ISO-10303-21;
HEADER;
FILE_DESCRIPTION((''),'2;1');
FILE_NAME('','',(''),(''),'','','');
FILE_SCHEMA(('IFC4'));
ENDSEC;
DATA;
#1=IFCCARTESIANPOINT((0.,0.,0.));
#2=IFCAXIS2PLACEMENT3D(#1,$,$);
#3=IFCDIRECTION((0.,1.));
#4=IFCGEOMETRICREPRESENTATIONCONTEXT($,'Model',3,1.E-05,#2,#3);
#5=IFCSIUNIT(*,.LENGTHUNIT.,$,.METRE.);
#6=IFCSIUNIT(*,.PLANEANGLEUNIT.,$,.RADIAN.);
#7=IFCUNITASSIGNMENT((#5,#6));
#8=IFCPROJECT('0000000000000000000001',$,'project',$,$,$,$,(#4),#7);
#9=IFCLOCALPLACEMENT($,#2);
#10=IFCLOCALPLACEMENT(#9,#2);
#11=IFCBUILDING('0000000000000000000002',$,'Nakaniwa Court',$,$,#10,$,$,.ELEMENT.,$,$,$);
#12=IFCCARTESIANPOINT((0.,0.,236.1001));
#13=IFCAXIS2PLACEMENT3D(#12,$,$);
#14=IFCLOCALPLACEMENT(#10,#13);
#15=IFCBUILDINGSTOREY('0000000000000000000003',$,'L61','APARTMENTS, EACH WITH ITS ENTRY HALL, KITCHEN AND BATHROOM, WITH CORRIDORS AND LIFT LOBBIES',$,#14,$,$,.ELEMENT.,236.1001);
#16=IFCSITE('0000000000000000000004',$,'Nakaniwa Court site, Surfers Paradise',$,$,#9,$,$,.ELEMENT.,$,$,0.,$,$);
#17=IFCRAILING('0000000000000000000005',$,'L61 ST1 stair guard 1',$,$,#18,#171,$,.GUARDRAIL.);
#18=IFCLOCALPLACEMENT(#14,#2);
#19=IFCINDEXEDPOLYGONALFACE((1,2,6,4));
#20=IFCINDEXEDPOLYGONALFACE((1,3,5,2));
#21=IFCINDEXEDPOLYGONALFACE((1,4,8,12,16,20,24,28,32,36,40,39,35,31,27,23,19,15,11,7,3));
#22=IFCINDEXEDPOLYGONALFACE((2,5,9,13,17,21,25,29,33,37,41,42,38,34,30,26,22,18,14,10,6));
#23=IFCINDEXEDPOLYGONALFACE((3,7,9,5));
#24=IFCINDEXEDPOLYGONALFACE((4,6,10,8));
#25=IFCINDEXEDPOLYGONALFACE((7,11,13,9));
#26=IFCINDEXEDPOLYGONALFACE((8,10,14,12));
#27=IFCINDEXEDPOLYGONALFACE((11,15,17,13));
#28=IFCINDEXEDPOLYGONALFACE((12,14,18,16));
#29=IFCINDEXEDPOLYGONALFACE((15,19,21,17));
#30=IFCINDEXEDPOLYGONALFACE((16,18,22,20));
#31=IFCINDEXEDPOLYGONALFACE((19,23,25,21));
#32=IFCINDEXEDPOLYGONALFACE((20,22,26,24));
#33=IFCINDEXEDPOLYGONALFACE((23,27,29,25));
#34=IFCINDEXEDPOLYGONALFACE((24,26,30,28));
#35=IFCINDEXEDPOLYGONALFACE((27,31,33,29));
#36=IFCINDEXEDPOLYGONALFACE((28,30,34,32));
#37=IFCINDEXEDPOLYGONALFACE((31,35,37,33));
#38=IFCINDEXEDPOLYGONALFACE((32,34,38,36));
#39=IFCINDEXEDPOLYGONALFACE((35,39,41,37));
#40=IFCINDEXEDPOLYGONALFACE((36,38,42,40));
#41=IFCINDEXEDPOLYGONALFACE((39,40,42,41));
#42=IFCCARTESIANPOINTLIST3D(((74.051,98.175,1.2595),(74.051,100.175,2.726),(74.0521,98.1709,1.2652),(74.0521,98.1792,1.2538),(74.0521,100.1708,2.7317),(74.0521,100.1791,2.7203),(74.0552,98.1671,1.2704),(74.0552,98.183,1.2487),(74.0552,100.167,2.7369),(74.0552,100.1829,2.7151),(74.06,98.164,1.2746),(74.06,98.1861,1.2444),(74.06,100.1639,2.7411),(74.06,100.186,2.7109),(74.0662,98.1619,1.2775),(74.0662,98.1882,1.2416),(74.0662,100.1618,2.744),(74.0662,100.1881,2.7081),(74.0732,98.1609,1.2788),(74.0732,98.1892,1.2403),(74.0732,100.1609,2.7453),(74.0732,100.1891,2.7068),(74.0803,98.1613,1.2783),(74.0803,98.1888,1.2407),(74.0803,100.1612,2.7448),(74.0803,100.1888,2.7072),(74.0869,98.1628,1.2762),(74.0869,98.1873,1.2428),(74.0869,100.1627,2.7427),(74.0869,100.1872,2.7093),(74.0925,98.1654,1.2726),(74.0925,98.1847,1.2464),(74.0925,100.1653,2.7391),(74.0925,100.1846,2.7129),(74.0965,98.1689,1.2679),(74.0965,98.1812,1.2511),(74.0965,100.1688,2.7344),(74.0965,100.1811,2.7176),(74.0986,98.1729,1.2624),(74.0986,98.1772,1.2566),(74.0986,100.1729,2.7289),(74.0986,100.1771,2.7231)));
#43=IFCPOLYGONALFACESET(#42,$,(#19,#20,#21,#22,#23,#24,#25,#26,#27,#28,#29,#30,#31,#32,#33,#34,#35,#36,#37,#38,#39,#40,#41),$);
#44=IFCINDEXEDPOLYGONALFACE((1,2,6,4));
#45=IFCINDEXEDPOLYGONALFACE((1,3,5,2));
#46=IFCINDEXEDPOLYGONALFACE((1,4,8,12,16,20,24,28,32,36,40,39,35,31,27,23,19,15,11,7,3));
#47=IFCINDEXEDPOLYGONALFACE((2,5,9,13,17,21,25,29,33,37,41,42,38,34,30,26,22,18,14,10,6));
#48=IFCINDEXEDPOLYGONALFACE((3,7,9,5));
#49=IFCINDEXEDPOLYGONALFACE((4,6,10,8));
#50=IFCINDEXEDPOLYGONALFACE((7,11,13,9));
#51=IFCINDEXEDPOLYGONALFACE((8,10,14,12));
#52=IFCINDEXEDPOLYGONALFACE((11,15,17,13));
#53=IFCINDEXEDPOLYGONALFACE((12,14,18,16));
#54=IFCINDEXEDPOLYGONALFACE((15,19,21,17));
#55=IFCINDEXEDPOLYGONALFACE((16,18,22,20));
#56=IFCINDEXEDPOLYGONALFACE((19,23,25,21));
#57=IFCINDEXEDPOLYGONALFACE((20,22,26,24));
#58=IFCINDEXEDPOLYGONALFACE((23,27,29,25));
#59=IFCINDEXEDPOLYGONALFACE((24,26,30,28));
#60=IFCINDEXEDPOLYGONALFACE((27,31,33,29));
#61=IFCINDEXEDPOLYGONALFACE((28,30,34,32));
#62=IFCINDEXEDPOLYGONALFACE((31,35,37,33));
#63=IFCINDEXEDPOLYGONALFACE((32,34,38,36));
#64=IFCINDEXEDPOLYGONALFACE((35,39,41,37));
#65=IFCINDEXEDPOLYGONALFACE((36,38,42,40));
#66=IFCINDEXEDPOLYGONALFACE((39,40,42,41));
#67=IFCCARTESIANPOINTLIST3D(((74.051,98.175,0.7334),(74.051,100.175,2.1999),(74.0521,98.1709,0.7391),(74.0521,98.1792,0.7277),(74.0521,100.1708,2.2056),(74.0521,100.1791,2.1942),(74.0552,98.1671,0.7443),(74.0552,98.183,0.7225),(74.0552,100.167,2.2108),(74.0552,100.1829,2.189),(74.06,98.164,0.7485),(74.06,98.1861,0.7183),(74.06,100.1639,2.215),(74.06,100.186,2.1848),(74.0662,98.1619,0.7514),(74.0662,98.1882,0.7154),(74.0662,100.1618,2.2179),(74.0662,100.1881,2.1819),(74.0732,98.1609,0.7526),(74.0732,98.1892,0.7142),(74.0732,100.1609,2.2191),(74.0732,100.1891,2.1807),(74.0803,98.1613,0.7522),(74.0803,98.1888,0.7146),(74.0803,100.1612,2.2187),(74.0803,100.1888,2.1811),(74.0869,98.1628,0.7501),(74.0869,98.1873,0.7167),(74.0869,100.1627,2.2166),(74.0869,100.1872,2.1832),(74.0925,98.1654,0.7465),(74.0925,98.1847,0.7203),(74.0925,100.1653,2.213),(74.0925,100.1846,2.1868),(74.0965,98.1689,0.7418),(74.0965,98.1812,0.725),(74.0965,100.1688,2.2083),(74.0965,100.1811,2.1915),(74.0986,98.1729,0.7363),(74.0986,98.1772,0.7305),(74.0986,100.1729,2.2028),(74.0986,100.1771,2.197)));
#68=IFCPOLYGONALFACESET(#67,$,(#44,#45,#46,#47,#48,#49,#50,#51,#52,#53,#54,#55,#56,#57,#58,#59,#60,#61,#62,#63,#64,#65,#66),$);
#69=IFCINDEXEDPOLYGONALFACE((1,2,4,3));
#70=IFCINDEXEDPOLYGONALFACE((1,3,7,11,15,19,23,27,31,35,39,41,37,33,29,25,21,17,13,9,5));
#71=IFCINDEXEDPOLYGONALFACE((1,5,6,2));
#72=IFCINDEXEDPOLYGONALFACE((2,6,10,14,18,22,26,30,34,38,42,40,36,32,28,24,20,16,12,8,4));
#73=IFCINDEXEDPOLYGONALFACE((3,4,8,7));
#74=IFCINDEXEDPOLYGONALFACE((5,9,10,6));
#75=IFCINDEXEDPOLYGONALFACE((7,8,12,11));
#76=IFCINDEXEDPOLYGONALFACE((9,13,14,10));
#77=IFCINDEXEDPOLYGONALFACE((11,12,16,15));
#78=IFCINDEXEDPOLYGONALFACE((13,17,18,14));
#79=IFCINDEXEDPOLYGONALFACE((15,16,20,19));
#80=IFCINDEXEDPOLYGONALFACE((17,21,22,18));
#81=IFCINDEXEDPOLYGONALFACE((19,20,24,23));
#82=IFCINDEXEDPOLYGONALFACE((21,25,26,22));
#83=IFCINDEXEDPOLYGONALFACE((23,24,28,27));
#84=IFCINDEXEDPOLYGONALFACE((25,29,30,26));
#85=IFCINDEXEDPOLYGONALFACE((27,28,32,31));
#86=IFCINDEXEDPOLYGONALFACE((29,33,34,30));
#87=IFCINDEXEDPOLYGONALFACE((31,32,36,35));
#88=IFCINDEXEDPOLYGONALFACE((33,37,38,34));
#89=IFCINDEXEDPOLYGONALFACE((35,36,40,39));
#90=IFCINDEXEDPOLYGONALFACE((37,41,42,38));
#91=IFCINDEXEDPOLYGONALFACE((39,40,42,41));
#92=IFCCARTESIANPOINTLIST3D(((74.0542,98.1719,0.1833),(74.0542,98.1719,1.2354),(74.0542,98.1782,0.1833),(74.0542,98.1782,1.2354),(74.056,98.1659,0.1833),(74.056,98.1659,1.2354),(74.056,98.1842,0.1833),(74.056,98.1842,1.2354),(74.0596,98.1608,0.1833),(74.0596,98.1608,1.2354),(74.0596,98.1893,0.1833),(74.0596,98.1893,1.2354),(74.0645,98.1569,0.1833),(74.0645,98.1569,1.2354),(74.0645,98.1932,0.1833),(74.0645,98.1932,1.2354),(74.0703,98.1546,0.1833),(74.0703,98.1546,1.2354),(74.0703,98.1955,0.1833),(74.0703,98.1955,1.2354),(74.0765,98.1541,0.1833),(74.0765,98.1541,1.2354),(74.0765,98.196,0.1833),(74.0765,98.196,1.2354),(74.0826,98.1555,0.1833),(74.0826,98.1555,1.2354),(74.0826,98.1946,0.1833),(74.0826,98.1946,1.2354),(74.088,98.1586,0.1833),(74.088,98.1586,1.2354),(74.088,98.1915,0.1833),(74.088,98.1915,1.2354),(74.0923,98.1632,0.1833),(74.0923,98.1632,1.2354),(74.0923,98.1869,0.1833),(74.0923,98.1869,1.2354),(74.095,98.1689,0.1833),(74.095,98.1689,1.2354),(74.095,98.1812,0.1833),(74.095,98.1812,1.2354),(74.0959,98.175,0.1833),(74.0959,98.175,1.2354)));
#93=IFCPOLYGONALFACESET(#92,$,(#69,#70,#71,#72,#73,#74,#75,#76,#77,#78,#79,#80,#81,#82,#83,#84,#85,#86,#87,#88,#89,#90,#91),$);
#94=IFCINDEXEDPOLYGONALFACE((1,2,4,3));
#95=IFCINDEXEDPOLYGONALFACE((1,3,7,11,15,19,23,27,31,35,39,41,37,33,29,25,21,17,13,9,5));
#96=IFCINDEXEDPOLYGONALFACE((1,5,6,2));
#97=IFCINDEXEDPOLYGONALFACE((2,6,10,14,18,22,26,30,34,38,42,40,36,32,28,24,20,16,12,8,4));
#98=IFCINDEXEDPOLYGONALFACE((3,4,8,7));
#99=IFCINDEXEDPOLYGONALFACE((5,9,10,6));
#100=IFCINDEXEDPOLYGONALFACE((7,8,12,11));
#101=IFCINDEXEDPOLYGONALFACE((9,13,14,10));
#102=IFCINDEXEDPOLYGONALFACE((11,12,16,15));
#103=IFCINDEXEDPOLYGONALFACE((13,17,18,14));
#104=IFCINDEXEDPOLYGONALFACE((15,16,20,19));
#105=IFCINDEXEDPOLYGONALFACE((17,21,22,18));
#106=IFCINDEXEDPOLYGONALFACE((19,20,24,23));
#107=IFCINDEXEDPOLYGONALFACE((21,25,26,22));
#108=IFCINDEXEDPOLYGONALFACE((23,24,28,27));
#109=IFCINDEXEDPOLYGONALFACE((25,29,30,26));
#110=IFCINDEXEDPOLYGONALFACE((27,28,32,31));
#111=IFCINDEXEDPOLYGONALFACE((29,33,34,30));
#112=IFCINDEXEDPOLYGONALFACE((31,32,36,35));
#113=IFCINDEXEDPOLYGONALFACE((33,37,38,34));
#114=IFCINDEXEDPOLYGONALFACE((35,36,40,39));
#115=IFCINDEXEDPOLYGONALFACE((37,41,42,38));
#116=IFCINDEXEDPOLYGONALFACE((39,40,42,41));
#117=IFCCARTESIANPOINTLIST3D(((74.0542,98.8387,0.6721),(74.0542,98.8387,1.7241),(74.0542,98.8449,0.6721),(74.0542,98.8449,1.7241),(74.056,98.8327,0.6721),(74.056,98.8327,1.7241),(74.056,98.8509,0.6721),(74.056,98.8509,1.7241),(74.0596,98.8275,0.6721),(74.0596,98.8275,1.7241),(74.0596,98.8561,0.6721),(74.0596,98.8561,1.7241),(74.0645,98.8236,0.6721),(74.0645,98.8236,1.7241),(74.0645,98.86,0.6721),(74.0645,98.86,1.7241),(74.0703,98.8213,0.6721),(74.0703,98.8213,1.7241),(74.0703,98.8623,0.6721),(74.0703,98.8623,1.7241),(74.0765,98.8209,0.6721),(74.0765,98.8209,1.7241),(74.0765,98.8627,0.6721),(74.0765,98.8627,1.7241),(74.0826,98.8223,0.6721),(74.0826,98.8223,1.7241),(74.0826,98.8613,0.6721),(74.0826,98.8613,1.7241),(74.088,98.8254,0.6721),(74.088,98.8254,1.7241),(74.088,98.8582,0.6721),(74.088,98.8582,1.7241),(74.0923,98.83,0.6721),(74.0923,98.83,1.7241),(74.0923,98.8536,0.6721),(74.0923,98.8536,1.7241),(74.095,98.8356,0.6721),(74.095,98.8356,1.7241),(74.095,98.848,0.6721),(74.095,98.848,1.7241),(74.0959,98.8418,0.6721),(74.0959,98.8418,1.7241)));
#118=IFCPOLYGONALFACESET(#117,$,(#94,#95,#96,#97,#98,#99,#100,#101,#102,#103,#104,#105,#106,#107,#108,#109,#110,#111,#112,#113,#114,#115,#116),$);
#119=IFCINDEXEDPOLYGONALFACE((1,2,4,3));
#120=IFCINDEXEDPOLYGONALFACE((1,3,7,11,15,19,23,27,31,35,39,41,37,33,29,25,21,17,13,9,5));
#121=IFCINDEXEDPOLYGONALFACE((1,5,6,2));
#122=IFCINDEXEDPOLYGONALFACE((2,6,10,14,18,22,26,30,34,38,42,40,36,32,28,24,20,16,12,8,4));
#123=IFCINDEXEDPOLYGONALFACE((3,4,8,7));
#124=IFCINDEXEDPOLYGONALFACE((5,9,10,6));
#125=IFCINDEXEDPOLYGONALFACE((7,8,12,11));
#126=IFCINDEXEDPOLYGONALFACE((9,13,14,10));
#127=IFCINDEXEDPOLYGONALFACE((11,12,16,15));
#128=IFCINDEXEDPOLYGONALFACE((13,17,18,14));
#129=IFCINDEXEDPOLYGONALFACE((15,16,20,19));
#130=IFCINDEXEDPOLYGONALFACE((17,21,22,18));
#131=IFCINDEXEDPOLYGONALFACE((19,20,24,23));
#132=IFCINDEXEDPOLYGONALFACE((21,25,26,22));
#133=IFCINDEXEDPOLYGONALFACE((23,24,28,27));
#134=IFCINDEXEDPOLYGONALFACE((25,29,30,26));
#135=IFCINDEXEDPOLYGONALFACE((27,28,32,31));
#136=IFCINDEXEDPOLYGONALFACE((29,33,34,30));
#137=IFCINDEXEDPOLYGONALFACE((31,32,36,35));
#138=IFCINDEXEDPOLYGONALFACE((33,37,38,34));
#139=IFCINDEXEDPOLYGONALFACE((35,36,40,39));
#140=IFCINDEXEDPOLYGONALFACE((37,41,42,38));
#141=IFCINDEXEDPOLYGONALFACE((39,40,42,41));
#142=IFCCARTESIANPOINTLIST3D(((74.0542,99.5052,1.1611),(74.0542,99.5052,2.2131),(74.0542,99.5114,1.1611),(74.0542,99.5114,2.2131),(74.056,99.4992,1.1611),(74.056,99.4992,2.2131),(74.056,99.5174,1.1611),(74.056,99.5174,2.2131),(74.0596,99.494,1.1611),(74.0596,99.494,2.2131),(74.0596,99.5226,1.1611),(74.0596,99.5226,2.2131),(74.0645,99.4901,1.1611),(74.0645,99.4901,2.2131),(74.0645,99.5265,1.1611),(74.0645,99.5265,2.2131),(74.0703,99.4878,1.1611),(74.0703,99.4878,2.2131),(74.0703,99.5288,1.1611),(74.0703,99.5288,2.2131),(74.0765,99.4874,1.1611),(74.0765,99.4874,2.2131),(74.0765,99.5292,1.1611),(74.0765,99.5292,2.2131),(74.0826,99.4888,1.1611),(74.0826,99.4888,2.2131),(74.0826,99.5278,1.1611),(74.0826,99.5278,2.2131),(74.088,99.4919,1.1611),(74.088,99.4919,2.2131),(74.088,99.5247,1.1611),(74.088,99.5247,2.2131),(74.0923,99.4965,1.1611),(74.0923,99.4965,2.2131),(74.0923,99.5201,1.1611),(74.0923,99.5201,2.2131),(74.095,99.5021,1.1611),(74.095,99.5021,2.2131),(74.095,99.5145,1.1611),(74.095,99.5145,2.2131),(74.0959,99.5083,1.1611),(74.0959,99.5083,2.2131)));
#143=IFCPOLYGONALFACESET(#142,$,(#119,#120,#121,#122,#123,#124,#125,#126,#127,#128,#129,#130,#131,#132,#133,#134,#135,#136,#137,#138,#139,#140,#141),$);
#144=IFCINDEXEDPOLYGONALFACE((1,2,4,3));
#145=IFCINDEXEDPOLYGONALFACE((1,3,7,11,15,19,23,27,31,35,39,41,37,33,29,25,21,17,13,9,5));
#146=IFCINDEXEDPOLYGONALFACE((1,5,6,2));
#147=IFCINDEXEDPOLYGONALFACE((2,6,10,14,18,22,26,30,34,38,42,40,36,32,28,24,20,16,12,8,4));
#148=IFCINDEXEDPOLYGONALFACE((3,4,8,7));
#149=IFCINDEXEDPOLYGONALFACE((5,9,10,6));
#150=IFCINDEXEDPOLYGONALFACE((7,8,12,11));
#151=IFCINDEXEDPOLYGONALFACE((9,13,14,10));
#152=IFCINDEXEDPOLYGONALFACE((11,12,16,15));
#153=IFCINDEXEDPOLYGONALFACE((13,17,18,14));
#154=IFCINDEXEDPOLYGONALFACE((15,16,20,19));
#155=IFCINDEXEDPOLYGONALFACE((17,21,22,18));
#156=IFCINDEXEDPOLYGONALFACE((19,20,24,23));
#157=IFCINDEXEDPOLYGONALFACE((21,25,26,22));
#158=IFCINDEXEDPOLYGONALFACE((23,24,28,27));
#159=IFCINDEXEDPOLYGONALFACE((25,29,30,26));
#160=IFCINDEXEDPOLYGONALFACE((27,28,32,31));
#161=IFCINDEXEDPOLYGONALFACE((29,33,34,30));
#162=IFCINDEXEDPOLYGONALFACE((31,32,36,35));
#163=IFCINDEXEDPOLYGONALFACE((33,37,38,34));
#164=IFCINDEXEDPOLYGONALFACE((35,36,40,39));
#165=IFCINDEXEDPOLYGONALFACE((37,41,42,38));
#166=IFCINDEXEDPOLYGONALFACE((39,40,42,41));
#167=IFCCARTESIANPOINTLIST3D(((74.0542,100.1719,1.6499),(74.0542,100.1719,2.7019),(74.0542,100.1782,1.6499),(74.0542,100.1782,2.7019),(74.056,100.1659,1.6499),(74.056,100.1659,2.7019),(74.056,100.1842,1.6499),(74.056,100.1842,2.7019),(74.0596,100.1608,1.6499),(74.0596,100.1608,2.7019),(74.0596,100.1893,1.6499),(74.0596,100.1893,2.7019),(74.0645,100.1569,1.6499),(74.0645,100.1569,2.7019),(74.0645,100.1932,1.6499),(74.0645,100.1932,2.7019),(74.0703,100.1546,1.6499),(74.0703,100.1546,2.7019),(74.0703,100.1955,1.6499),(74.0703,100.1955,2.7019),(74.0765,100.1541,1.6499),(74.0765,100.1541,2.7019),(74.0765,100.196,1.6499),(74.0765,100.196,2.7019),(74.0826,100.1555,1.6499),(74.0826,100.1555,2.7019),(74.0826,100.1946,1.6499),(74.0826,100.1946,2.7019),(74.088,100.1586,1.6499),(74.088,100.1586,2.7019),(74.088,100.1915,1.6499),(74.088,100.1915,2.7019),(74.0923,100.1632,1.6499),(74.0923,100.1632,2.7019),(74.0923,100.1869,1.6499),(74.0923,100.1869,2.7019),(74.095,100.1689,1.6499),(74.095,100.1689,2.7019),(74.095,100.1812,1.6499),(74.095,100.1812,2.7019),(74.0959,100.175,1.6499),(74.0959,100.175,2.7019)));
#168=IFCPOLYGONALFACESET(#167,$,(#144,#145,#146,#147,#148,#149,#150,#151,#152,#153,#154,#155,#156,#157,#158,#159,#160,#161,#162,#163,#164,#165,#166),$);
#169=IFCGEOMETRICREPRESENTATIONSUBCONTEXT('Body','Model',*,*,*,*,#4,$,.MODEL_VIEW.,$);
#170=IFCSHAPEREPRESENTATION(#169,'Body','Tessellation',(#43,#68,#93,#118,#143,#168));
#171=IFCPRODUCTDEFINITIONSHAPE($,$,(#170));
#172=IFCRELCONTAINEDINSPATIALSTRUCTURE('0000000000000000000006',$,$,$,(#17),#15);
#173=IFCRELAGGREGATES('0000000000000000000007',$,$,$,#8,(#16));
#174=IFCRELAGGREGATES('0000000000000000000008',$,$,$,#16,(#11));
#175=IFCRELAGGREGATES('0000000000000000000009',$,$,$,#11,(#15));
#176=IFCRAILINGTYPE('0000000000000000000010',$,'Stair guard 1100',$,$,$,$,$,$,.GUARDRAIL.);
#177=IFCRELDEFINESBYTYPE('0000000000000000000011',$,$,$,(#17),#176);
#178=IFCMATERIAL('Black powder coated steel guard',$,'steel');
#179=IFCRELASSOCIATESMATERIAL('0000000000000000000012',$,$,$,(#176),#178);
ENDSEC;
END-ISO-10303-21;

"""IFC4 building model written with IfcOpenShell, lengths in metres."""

from ifc_helpers import new_model, si_unit, direction, frame, origin, origin_2d, place, context, subcontext, project, spatial, circle, extrude, material, type_object, element, save


model = new_model("IFC4")

# Units and contexts
model_context = context("Model", 3, precision=1e-05, world=origin(), true_north=direction((0.0, 1.0)))
body_context = subcontext(model_context, "Body", "Model", "MODEL_VIEW")
ifc_project = project(units=[si_unit("LENGTHUNIT", "METRE"), si_unit("PLANEANGLEUNIT", "RADIAN")], contexts=[model_context])

# Site, building, storey
site_placement = place(None, origin())
site = spatial("IfcSite", under=ifc_project, at=site_placement, Name="Nakaniwa Court site, Surfers Paradise", CompositionType="ELEMENT", RefElevation=0.0)
building_placement = place(site_placement, origin())
building = spatial("IfcBuilding", under=site, at=building_placement, Name="Nakaniwa Court", CompositionType="ELEMENT")
storey_placement = place(building_placement, frame((0.0, 0.0, 236.1001)))
storey = spatial("IfcBuildingStorey", under=building, at=storey_placement, Name="L61", Description="APARTMENTS, EACH WITH ITS ENTRY HALL, KITCHEN AND BATHROOM, WITH CORRIDORS AND LIFT LOBBIES", CompositionType="ELEMENT", Elevation=236.1001)

# Railing
ifc_material_1 = material(Name="Black powder coated steel guard", Category="steel")
railing_type_1 = type_object("IfcRailingType", Name="Stair guard 1100", PredefinedType="GUARDRAIL", material=ifc_material_1)
railing_1_placement = place(storey_placement, frame((74.075, 98.175, 0.1833)))
element("IfcRailing", 1, at=railing_1_placement, inside=storey, type_object=railing_type_1, Name="L61 ST1 stair guard 1", PredefinedType="GUARDRAIL", context=body_context, shape_type="SweptSolid", body=[
    extrude(circle(Radius=0.0239, at=origin_2d()), frame((0.0, 0.0, 1.0762), z_axis=(0.0, 0.806427, 0.591334), x_axis=(-1.0, 0.0, 0.0)), (0.0, 0.0, 1.0), 2.48),
    extrude(circle(Radius=0.0239, at=origin_2d()), frame((0.0, 0.0, 0.55), z_axis=(0.0, 0.806427, 0.591334), x_axis=(-1.0, 0.0, 0.0)), (0.0, 0.0, 1.0), 2.48),
    extrude(circle(Radius=0.021, at=origin_2d()), origin(), (0.0, 0.0, 1.0), 1.052),
    extrude(circle(Radius=0.021, at=origin_2d()), frame((0.0, 0.6667, 0.4888)), (0.0, 0.0, 1.0), 1.052),
    extrude(circle(Radius=0.021, at=origin_2d()), frame((0.0, 1.3333, 0.9778)), (0.0, 0.0, 1.0), 1.052),
    extrude(circle(Radius=0.021, at=origin_2d()), frame((0.0, 2.0, 1.4666)), (0.0, 0.0, 1.0), 1.052),
])

save(model, "model.ifc")
